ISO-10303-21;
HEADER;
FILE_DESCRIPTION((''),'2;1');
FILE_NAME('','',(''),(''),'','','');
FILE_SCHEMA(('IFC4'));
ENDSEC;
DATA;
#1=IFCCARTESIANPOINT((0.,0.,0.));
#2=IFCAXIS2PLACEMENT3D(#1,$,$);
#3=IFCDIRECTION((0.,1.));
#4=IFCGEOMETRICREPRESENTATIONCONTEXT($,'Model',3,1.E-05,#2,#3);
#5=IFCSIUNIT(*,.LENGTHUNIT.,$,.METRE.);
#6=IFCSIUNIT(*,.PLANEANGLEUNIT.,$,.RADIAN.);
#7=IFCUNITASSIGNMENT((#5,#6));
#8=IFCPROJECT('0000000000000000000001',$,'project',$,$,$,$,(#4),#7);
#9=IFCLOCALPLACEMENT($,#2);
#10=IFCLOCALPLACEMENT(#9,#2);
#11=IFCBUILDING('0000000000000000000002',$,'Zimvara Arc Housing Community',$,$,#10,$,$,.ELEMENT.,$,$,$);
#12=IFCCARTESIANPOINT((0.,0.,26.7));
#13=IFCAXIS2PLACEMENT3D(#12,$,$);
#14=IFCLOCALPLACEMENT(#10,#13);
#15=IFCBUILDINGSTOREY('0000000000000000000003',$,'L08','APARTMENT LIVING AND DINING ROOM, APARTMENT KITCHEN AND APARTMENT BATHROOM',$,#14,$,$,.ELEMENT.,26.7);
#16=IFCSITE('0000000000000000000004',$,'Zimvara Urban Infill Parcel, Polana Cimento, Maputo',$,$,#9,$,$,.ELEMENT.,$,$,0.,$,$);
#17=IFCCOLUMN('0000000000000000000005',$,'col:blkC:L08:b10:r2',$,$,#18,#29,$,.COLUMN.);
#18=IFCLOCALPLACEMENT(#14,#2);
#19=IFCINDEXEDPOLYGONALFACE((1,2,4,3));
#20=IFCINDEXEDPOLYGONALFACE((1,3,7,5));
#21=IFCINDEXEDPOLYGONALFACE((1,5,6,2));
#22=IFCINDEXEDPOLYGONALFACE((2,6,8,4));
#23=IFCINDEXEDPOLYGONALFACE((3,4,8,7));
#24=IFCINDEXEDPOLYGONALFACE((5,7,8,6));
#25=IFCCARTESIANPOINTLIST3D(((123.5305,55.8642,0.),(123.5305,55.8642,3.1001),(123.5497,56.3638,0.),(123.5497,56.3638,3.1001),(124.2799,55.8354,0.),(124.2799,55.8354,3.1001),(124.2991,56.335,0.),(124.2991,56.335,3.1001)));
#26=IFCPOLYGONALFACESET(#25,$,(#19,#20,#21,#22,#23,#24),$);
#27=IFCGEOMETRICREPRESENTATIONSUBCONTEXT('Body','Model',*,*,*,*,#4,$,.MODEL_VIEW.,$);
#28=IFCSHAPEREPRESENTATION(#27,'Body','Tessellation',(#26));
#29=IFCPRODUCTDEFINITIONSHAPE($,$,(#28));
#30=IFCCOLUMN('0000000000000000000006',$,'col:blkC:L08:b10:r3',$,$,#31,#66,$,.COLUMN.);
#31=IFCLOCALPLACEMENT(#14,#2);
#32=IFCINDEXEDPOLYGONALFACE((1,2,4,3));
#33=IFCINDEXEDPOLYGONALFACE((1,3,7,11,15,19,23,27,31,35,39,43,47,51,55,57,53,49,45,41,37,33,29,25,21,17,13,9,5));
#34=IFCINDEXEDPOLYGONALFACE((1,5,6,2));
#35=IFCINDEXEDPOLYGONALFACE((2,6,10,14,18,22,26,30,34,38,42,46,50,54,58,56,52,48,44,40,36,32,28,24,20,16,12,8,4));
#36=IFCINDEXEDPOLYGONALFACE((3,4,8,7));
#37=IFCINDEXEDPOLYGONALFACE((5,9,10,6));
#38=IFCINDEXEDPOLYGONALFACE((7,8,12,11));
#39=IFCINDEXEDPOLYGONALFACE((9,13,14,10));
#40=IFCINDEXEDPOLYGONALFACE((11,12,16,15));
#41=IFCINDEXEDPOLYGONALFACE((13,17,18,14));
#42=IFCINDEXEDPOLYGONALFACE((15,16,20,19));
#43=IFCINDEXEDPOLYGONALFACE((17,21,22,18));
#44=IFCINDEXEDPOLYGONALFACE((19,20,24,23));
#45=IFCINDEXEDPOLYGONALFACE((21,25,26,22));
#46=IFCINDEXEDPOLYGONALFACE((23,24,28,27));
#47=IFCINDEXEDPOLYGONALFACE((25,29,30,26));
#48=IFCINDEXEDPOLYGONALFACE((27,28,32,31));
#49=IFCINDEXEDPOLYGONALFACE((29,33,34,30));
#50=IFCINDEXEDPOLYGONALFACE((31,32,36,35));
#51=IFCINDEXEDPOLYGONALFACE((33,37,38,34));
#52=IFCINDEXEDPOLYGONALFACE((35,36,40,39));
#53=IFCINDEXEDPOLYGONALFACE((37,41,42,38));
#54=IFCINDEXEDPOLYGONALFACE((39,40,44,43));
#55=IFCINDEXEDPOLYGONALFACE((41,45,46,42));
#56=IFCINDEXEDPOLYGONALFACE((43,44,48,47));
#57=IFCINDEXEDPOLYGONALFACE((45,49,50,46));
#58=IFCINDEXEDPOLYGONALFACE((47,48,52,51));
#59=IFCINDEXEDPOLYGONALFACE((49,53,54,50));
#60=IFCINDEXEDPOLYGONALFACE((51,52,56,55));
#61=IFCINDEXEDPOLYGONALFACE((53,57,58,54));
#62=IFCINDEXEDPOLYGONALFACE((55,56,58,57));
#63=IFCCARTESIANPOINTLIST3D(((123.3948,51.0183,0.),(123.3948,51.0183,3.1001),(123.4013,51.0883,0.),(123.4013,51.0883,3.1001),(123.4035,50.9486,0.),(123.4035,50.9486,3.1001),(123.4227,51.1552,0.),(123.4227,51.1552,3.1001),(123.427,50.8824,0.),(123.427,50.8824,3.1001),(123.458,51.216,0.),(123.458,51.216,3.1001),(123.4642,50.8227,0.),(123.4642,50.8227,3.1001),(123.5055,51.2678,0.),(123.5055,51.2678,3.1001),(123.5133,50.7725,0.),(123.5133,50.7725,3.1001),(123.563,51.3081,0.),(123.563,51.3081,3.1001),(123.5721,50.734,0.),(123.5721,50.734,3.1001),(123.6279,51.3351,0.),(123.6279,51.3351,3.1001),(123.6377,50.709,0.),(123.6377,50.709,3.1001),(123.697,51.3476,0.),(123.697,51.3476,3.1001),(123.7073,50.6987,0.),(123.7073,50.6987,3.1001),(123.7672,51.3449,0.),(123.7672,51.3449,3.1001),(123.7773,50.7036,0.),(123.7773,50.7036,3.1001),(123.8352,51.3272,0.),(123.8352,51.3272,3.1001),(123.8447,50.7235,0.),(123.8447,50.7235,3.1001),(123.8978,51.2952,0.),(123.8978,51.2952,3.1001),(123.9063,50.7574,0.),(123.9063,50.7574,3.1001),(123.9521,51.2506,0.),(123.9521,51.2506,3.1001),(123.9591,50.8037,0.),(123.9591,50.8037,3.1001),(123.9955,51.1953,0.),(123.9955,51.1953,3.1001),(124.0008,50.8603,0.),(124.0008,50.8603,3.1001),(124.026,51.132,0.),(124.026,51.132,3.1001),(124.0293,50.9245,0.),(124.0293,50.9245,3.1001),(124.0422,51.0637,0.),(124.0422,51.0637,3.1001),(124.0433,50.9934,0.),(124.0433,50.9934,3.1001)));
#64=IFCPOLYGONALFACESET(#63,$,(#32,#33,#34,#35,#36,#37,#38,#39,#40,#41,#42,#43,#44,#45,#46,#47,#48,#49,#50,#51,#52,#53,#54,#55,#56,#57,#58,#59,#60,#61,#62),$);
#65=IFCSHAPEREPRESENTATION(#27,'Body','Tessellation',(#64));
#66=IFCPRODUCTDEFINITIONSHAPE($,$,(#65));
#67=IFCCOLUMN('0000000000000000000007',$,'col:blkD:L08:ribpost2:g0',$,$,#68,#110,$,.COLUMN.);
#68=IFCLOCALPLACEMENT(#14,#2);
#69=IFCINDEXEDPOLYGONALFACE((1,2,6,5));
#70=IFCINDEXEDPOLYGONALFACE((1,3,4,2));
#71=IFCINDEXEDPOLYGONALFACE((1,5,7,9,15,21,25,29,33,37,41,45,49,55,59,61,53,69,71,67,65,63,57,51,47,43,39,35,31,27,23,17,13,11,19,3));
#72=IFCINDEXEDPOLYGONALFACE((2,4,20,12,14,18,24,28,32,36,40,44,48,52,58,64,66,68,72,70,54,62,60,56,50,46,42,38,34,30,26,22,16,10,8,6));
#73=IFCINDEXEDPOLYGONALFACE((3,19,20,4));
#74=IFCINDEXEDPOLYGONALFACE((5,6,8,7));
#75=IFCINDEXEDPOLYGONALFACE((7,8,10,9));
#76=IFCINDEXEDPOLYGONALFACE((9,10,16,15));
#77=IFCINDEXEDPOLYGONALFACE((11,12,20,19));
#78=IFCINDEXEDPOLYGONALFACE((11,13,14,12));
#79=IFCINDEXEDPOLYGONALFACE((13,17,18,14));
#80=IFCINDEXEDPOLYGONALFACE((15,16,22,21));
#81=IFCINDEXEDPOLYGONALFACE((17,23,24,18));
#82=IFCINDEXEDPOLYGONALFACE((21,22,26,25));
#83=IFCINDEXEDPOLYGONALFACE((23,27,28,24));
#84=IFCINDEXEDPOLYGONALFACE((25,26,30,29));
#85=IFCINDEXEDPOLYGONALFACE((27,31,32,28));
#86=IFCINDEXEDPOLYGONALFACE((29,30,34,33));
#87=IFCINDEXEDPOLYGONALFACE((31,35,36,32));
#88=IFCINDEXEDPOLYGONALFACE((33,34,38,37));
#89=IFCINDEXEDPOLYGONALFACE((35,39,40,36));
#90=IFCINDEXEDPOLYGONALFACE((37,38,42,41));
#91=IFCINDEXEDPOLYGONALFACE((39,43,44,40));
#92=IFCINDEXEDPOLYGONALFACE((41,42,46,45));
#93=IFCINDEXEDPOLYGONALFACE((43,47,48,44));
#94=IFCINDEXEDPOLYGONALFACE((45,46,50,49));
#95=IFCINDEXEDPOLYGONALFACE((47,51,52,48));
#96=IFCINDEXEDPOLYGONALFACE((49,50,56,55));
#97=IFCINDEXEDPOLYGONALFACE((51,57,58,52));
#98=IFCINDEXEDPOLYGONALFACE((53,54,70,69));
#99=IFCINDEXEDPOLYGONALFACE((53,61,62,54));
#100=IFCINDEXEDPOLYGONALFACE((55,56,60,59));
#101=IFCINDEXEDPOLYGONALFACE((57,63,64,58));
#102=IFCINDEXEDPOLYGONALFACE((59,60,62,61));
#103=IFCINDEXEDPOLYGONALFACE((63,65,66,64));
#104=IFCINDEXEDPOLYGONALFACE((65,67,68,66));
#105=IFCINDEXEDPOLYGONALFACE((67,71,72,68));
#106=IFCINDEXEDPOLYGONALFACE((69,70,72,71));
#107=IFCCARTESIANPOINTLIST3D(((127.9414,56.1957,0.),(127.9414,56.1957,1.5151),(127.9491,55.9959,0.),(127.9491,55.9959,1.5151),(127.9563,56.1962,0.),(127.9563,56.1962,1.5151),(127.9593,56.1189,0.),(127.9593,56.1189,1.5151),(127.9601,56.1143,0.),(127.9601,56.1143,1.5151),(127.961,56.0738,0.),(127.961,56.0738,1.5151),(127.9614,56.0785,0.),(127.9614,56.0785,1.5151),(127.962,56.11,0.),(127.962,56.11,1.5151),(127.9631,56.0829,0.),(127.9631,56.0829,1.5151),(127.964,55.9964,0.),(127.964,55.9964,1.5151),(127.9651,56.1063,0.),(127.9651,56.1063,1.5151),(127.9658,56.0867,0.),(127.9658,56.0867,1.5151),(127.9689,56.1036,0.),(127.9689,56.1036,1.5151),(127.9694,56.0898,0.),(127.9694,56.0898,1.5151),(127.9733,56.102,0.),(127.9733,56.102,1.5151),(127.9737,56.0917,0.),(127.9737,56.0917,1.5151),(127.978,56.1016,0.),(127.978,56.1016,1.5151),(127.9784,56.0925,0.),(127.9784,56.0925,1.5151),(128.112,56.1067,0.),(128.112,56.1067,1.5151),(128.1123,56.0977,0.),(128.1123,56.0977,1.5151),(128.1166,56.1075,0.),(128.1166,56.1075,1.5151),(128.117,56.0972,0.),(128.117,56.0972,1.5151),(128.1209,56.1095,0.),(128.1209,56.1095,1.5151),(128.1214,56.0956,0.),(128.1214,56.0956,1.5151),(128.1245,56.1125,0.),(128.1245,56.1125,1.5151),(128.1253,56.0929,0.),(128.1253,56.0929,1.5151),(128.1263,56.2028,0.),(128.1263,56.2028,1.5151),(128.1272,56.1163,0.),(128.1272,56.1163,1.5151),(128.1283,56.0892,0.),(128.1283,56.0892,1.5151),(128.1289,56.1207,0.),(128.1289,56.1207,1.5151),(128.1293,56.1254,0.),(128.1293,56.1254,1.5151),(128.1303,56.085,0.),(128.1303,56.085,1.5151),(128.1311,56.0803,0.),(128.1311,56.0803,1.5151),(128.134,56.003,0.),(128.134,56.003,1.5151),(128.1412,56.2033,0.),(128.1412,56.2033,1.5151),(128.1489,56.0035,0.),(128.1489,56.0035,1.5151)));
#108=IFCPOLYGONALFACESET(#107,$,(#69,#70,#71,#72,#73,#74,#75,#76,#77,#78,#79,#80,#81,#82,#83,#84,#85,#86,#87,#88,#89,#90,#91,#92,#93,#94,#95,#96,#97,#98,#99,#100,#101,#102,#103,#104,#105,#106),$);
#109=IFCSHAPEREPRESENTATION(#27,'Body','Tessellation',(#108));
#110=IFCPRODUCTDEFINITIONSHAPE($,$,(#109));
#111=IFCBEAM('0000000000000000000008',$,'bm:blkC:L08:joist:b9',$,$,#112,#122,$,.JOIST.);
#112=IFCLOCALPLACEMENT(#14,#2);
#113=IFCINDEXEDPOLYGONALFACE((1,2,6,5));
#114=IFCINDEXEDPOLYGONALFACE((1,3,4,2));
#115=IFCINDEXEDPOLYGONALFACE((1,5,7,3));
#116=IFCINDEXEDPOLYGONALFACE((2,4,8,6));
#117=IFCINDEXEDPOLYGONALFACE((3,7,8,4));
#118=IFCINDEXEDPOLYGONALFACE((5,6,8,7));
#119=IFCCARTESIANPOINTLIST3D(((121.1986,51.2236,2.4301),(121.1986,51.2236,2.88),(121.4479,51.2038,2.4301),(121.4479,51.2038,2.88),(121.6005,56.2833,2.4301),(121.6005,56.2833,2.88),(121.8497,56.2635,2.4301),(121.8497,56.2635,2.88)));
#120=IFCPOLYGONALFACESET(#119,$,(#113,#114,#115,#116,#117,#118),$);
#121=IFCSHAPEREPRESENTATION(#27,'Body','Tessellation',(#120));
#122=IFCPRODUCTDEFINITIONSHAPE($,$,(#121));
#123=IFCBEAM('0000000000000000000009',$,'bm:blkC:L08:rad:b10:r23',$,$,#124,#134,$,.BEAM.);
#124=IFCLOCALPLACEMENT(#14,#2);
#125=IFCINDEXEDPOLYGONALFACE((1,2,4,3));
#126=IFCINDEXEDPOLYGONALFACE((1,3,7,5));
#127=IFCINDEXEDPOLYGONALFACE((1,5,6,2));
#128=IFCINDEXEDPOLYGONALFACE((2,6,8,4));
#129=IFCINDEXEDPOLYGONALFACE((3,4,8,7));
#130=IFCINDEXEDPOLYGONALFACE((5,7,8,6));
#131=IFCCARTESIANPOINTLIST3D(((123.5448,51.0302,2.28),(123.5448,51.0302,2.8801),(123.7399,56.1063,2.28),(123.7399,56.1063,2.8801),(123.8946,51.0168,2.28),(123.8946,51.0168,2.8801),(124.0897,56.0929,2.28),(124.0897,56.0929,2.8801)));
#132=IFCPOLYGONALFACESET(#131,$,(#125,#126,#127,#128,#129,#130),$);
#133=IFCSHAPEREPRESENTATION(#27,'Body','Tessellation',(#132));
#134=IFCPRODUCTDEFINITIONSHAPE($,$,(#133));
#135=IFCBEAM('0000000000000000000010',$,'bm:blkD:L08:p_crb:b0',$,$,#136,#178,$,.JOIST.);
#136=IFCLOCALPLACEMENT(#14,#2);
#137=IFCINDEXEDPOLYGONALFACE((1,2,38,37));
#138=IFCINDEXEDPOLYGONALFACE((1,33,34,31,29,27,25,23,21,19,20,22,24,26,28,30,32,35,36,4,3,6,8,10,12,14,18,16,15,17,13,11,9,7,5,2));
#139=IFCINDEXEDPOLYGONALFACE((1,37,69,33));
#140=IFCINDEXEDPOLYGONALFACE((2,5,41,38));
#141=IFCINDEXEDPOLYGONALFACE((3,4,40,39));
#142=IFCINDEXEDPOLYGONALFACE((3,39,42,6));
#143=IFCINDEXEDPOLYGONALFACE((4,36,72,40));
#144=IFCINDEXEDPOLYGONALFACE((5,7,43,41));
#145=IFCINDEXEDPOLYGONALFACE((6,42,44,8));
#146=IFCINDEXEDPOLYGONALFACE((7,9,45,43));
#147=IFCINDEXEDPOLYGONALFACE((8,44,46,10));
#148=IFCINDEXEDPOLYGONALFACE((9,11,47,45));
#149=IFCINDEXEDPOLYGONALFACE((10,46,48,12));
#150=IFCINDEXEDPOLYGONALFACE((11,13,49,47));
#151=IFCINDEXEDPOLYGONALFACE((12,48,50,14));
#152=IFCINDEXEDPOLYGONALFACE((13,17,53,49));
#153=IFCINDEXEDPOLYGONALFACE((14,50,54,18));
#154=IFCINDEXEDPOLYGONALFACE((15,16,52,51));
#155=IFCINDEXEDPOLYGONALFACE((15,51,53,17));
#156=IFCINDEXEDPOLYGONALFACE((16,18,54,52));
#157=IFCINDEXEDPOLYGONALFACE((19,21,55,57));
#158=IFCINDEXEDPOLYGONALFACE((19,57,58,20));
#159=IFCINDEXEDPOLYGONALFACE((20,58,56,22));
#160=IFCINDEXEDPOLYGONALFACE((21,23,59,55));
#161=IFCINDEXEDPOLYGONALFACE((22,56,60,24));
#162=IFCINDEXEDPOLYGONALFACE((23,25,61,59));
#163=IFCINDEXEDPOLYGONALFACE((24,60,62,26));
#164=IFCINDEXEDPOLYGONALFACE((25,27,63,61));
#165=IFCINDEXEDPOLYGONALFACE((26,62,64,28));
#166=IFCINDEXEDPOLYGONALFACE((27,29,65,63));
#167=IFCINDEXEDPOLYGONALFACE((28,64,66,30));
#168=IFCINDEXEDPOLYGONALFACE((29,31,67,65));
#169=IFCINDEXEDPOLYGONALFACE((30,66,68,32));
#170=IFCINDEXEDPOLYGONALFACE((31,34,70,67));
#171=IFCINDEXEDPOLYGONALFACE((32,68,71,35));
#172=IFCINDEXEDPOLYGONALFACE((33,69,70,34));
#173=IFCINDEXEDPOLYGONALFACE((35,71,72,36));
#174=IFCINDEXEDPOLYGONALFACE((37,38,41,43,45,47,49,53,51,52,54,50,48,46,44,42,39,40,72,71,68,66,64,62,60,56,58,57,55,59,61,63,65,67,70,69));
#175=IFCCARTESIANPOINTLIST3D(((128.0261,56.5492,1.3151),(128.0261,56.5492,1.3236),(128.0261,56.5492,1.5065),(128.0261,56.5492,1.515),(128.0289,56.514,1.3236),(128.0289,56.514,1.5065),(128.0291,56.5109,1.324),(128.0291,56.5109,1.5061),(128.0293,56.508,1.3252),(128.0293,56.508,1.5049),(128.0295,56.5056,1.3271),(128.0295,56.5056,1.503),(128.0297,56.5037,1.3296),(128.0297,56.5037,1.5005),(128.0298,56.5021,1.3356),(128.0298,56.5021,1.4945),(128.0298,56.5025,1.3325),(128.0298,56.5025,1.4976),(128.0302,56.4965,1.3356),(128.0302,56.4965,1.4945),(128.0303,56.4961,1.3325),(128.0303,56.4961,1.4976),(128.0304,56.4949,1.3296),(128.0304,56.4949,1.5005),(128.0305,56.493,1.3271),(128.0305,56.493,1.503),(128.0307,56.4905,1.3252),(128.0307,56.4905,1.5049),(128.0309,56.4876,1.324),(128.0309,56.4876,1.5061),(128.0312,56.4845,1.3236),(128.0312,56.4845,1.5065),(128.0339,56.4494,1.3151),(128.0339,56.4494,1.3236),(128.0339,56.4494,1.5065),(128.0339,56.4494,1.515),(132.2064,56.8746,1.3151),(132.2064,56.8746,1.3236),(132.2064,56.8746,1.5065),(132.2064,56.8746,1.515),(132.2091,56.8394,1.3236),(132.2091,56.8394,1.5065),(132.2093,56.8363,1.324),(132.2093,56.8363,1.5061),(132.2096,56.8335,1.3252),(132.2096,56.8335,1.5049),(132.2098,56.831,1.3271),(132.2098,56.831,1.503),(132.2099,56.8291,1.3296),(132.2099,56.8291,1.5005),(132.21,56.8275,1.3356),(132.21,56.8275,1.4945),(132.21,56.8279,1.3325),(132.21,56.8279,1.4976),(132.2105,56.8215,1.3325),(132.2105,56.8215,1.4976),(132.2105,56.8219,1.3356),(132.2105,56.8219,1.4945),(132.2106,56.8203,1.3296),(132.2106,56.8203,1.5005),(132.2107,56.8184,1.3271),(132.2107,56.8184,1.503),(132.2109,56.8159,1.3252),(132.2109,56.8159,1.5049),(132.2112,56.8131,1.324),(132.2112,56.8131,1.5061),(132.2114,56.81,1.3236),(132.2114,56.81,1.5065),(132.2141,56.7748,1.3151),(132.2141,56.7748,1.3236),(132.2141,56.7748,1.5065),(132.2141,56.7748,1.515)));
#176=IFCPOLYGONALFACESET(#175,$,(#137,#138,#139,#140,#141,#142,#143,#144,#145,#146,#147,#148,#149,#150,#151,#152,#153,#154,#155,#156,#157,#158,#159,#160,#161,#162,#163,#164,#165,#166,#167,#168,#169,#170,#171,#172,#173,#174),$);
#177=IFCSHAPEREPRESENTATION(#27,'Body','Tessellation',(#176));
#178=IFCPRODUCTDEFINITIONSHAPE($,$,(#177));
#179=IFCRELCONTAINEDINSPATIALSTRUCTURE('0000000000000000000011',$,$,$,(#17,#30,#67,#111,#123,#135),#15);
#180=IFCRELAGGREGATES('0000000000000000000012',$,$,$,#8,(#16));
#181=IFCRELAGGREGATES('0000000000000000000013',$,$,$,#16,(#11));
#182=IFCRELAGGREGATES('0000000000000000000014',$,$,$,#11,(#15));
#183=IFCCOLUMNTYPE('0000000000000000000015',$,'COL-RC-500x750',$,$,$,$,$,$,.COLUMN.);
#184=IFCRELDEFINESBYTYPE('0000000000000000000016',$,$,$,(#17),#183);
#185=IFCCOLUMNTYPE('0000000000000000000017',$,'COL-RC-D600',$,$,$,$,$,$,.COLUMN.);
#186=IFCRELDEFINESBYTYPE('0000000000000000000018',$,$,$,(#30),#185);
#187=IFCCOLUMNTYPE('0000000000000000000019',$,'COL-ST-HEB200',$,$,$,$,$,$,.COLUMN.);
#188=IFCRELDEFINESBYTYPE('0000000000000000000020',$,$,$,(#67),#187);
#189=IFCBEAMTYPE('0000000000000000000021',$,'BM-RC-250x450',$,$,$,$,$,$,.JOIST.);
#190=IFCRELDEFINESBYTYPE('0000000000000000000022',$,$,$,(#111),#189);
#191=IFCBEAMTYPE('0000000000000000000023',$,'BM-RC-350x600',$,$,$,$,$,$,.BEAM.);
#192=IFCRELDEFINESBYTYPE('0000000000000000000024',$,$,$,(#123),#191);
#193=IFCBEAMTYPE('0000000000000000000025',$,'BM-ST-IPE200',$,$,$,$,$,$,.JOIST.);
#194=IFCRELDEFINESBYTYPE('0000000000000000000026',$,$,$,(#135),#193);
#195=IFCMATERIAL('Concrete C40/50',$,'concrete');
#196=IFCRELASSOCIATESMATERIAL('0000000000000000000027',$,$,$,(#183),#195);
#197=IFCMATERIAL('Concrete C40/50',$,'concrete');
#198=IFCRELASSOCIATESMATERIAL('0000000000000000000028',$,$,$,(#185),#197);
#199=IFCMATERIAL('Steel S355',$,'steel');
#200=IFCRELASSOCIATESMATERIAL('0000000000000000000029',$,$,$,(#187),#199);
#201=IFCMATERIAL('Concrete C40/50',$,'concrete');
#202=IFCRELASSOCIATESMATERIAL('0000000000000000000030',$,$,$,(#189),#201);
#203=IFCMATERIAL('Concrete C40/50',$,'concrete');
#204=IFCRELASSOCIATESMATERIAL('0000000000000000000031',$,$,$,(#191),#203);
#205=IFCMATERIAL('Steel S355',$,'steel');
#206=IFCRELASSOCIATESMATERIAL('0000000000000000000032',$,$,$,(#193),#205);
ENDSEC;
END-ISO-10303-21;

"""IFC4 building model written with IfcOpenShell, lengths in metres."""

from ifc_helpers import new_model, si_unit, direction, frame, origin, origin_2d, place, context, subcontext, project, spatial, rectangle, circle, i_section, extrude, material, material_profile, profile_set, type_object, element, save


model = new_model("IFC4")

# Units and contexts
model_context = context("Model", 3, precision=1e-05, world=origin(), true_north=direction((0.0, 1.0)))
body_context = subcontext(model_context, "Body", "Model", "MODEL_VIEW")
ifc_project = project(units=[si_unit("LENGTHUNIT", "METRE"), si_unit("PLANEANGLEUNIT", "RADIAN")], contexts=[model_context])

# Site, building, storey
site_placement = place(None, origin())
site = spatial("IfcSite", under=ifc_project, at=site_placement, Name="Zimvara Urban Infill Parcel, Polana Cimento, Maputo", CompositionType="ELEMENT", RefElevation=0.0)
building_placement = place(site_placement, origin())
building = spatial("IfcBuilding", under=site, at=building_placement, Name="Zimvara Arc Housing Community", CompositionType="ELEMENT")
storey_placement = place(building_placement, frame((0.0, 0.0, 26.7)))
storey = spatial("IfcBuildingStorey", under=building, at=storey_placement, Name="L08", Description="APARTMENT LIVING AND DINING ROOM, APARTMENT KITCHEN AND APARTMENT BATHROOM", CompositionType="ELEMENT", Elevation=26.7)

# Columns
ifc_material_1 = material(Name="Concrete C40/50", Category="concrete")
ifc_material_profile_1 = material_profile(ifc_material_1, rectangle(XDim=0.5, YDim=0.75, at=origin_2d()), Name="RC 500x750")
ifc_profile_set_1 = profile_set([ifc_material_profile_1], Name="Concrete C40/50")
column_type_1 = type_object("IfcColumnType", Name="COL-RC-500x750", PredefinedType="COLUMN", material=ifc_profile_set_1)
column_1_placement = place(storey_placement, frame((123.9148, 56.0996, 0.0), z_axis=(0.0, 0.0, 1.0), x_axis=(-0.038388, -0.999263, 0.0)))
element("IfcColumn", 1, at=column_1_placement, inside=storey, type_object=column_type_1, Name="col:blkC:L08:b10:r2", PredefinedType="COLUMN", context=body_context, shape_type="SweptSolid", body=[
    extrude(rectangle(XDim=0.5, YDim=0.75, at=origin_2d()), origin(), (0.0, 0.0, 1.0), 3.1001),
])
ifc_material_2 = material(Name="Concrete C40/50", Category="concrete")
ifc_material_profile_2 = material_profile(ifc_material_2, circle(Radius=0.325, at=origin_2d()), Name="RC D650")
ifc_profile_set_2 = profile_set([ifc_material_profile_2], Name="Concrete C40/50")
column_type_2 = type_object("IfcColumnType", Name="COL-RC-D600", PredefinedType="COLUMN", material=ifc_profile_set_2)
column_2_placement = place(storey_placement, frame((123.7197, 51.0234, 0.0), z_axis=(0.0, 0.0, 1.0), x_axis=(-0.038388, -0.999263, 0.0)))
element("IfcColumn", 2, at=column_2_placement, inside=storey, type_object=column_type_2, Name="col:blkC:L08:b10:r3", PredefinedType="COLUMN", context=body_context, shape_type="SweptSolid", body=[
    extrude(circle(Radius=0.325, at=origin_2d()), origin(), (0.0, 0.0, 1.0), 3.1001),
])
ifc_material_3 = material(Name="Steel S355", Category="steel")
ifc_material_profile_3 = material_profile(ifc_material_3, i_section(OverallWidth=0.2, OverallDepth=0.2, WebThickness=0.009, FlangeThickness=0.0149, FilletRadius=0.0181, at=origin_2d()), Name="HEB 200")
ifc_profile_set_3 = profile_set([ifc_material_profile_3], Name="Steel S355")
column_type_3 = type_object("IfcColumnType", Name="COL-ST-HEB200", PredefinedType="COLUMN", material=ifc_profile_set_3)
column_3_placement = place(storey_placement, frame((128.0452, 56.0996, 0.0), z_axis=(0.0, 0.0, 1.0), x_axis=(0.038388, -0.999263, 0.0)))
element("IfcColumn", 3, at=column_3_placement, inside=storey, type_object=column_type_3, Name="col:blkD:L08:ribpost2:g0", PredefinedType="COLUMN", context=body_context, shape_type="SweptSolid", body=[
    extrude(i_section(OverallWidth=0.2, OverallDepth=0.2, WebThickness=0.009, FlangeThickness=0.0149, FilletRadius=0.0181, at=origin_2d()), origin(), (0.0, 0.0, 1.0), 1.5151),
])

# Beams
ifc_material_4 = material(Name="Concrete C40/50", Category="concrete")
ifc_material_profile_4 = material_profile(ifc_material_4, rectangle(XDim=0.25, YDim=0.45, at=origin_2d()), Name="RC 250x450")
ifc_profile_set_4 = profile_set([ifc_material_profile_4], Name="Concrete C40/50")
beam_type_1 = type_object("IfcBeamType", Name="BM-RC-250x450", PredefinedType="JOIST", material=ifc_profile_set_4)
beam_1_placement = place(storey_placement, frame((121.7251, 56.2734, 2.655), z_axis=(-0.079172, -0.996861, 0.0), x_axis=(0.996861, -0.079172, 0.0)))
element("IfcBeam", 4, at=beam_1_placement, inside=storey, type_object=beam_type_1, Name="bm:blkC:L08:joist:b9", PredefinedType="JOIST", context=body_context, shape_type="SweptSolid", body=[
    extrude(rectangle(XDim=0.25, YDim=0.45, at=origin_2d()), origin(), (0.0, 0.0, 1.0), 5.0757),
])
ifc_material_5 = material(Name="Concrete C40/50", Category="concrete")
ifc_material_profile_5 = material_profile(ifc_material_5, rectangle(XDim=0.3501, YDim=0.6001, at=origin_2d()), Name="RC 350x600")
ifc_profile_set_5 = profile_set([ifc_material_profile_5], Name="Concrete C40/50")
beam_type_2 = type_object("IfcBeamType", Name="BM-RC-350x600", PredefinedType="BEAM", material=ifc_profile_set_5)
beam_2_placement = place(storey_placement, frame((123.9148, 56.0996, 2.5801), z_axis=(-0.0384, -0.999262, 0.0), x_axis=(0.999262, -0.0384, 0.0)))
element("IfcBeam", 5, at=beam_2_placement, inside=storey, type_object=beam_type_2, Name="bm:blkC:L08:rad:b10:r23", PredefinedType="BEAM", context=body_context, shape_type="SweptSolid", body=[
    extrude(rectangle(XDim=0.3501, YDim=0.6001, at=origin_2d()), origin(), (0.0, 0.0, 1.0), 5.0798),
])
ifc_material_6 = material(Name="Steel S355", Category="steel")
ifc_material_profile_6 = material_profile(ifc_material_6, i_section(OverallWidth=0.1001, OverallDepth=0.2, WebThickness=0.0056, FlangeThickness=0.0085, FilletRadius=0.012, at=origin_2d()), Name="IPE 200")
ifc_profile_set_6 = profile_set([ifc_material_profile_6], Name="Steel S355")
beam_type_3 = type_object("IfcBeamType", Name="BM-ST-IPE200", PredefinedType="JOIST", material=ifc_profile_set_6)
beam_3_placement = place(storey_placement, frame((128.03, 56.4993, 1.415), z_axis=(0.996983, 0.077618, 0.0), x_axis=(-0.077618, 0.996983, 0.0)))
element("IfcBeam", 6, at=beam_3_placement, inside=storey, type_object=beam_type_3, Name="bm:blkD:L08:p_crb:b0", PredefinedType="JOIST", context=body_context, shape_type="SweptSolid", body=[
    extrude(i_section(OverallWidth=0.1001, OverallDepth=0.2, WebThickness=0.0056, FlangeThickness=0.0085, FilletRadius=0.012, at=origin_2d()), origin(), (0.0, 0.0, 1.0), 4.1929),
])

save(model, "model.ifc")
